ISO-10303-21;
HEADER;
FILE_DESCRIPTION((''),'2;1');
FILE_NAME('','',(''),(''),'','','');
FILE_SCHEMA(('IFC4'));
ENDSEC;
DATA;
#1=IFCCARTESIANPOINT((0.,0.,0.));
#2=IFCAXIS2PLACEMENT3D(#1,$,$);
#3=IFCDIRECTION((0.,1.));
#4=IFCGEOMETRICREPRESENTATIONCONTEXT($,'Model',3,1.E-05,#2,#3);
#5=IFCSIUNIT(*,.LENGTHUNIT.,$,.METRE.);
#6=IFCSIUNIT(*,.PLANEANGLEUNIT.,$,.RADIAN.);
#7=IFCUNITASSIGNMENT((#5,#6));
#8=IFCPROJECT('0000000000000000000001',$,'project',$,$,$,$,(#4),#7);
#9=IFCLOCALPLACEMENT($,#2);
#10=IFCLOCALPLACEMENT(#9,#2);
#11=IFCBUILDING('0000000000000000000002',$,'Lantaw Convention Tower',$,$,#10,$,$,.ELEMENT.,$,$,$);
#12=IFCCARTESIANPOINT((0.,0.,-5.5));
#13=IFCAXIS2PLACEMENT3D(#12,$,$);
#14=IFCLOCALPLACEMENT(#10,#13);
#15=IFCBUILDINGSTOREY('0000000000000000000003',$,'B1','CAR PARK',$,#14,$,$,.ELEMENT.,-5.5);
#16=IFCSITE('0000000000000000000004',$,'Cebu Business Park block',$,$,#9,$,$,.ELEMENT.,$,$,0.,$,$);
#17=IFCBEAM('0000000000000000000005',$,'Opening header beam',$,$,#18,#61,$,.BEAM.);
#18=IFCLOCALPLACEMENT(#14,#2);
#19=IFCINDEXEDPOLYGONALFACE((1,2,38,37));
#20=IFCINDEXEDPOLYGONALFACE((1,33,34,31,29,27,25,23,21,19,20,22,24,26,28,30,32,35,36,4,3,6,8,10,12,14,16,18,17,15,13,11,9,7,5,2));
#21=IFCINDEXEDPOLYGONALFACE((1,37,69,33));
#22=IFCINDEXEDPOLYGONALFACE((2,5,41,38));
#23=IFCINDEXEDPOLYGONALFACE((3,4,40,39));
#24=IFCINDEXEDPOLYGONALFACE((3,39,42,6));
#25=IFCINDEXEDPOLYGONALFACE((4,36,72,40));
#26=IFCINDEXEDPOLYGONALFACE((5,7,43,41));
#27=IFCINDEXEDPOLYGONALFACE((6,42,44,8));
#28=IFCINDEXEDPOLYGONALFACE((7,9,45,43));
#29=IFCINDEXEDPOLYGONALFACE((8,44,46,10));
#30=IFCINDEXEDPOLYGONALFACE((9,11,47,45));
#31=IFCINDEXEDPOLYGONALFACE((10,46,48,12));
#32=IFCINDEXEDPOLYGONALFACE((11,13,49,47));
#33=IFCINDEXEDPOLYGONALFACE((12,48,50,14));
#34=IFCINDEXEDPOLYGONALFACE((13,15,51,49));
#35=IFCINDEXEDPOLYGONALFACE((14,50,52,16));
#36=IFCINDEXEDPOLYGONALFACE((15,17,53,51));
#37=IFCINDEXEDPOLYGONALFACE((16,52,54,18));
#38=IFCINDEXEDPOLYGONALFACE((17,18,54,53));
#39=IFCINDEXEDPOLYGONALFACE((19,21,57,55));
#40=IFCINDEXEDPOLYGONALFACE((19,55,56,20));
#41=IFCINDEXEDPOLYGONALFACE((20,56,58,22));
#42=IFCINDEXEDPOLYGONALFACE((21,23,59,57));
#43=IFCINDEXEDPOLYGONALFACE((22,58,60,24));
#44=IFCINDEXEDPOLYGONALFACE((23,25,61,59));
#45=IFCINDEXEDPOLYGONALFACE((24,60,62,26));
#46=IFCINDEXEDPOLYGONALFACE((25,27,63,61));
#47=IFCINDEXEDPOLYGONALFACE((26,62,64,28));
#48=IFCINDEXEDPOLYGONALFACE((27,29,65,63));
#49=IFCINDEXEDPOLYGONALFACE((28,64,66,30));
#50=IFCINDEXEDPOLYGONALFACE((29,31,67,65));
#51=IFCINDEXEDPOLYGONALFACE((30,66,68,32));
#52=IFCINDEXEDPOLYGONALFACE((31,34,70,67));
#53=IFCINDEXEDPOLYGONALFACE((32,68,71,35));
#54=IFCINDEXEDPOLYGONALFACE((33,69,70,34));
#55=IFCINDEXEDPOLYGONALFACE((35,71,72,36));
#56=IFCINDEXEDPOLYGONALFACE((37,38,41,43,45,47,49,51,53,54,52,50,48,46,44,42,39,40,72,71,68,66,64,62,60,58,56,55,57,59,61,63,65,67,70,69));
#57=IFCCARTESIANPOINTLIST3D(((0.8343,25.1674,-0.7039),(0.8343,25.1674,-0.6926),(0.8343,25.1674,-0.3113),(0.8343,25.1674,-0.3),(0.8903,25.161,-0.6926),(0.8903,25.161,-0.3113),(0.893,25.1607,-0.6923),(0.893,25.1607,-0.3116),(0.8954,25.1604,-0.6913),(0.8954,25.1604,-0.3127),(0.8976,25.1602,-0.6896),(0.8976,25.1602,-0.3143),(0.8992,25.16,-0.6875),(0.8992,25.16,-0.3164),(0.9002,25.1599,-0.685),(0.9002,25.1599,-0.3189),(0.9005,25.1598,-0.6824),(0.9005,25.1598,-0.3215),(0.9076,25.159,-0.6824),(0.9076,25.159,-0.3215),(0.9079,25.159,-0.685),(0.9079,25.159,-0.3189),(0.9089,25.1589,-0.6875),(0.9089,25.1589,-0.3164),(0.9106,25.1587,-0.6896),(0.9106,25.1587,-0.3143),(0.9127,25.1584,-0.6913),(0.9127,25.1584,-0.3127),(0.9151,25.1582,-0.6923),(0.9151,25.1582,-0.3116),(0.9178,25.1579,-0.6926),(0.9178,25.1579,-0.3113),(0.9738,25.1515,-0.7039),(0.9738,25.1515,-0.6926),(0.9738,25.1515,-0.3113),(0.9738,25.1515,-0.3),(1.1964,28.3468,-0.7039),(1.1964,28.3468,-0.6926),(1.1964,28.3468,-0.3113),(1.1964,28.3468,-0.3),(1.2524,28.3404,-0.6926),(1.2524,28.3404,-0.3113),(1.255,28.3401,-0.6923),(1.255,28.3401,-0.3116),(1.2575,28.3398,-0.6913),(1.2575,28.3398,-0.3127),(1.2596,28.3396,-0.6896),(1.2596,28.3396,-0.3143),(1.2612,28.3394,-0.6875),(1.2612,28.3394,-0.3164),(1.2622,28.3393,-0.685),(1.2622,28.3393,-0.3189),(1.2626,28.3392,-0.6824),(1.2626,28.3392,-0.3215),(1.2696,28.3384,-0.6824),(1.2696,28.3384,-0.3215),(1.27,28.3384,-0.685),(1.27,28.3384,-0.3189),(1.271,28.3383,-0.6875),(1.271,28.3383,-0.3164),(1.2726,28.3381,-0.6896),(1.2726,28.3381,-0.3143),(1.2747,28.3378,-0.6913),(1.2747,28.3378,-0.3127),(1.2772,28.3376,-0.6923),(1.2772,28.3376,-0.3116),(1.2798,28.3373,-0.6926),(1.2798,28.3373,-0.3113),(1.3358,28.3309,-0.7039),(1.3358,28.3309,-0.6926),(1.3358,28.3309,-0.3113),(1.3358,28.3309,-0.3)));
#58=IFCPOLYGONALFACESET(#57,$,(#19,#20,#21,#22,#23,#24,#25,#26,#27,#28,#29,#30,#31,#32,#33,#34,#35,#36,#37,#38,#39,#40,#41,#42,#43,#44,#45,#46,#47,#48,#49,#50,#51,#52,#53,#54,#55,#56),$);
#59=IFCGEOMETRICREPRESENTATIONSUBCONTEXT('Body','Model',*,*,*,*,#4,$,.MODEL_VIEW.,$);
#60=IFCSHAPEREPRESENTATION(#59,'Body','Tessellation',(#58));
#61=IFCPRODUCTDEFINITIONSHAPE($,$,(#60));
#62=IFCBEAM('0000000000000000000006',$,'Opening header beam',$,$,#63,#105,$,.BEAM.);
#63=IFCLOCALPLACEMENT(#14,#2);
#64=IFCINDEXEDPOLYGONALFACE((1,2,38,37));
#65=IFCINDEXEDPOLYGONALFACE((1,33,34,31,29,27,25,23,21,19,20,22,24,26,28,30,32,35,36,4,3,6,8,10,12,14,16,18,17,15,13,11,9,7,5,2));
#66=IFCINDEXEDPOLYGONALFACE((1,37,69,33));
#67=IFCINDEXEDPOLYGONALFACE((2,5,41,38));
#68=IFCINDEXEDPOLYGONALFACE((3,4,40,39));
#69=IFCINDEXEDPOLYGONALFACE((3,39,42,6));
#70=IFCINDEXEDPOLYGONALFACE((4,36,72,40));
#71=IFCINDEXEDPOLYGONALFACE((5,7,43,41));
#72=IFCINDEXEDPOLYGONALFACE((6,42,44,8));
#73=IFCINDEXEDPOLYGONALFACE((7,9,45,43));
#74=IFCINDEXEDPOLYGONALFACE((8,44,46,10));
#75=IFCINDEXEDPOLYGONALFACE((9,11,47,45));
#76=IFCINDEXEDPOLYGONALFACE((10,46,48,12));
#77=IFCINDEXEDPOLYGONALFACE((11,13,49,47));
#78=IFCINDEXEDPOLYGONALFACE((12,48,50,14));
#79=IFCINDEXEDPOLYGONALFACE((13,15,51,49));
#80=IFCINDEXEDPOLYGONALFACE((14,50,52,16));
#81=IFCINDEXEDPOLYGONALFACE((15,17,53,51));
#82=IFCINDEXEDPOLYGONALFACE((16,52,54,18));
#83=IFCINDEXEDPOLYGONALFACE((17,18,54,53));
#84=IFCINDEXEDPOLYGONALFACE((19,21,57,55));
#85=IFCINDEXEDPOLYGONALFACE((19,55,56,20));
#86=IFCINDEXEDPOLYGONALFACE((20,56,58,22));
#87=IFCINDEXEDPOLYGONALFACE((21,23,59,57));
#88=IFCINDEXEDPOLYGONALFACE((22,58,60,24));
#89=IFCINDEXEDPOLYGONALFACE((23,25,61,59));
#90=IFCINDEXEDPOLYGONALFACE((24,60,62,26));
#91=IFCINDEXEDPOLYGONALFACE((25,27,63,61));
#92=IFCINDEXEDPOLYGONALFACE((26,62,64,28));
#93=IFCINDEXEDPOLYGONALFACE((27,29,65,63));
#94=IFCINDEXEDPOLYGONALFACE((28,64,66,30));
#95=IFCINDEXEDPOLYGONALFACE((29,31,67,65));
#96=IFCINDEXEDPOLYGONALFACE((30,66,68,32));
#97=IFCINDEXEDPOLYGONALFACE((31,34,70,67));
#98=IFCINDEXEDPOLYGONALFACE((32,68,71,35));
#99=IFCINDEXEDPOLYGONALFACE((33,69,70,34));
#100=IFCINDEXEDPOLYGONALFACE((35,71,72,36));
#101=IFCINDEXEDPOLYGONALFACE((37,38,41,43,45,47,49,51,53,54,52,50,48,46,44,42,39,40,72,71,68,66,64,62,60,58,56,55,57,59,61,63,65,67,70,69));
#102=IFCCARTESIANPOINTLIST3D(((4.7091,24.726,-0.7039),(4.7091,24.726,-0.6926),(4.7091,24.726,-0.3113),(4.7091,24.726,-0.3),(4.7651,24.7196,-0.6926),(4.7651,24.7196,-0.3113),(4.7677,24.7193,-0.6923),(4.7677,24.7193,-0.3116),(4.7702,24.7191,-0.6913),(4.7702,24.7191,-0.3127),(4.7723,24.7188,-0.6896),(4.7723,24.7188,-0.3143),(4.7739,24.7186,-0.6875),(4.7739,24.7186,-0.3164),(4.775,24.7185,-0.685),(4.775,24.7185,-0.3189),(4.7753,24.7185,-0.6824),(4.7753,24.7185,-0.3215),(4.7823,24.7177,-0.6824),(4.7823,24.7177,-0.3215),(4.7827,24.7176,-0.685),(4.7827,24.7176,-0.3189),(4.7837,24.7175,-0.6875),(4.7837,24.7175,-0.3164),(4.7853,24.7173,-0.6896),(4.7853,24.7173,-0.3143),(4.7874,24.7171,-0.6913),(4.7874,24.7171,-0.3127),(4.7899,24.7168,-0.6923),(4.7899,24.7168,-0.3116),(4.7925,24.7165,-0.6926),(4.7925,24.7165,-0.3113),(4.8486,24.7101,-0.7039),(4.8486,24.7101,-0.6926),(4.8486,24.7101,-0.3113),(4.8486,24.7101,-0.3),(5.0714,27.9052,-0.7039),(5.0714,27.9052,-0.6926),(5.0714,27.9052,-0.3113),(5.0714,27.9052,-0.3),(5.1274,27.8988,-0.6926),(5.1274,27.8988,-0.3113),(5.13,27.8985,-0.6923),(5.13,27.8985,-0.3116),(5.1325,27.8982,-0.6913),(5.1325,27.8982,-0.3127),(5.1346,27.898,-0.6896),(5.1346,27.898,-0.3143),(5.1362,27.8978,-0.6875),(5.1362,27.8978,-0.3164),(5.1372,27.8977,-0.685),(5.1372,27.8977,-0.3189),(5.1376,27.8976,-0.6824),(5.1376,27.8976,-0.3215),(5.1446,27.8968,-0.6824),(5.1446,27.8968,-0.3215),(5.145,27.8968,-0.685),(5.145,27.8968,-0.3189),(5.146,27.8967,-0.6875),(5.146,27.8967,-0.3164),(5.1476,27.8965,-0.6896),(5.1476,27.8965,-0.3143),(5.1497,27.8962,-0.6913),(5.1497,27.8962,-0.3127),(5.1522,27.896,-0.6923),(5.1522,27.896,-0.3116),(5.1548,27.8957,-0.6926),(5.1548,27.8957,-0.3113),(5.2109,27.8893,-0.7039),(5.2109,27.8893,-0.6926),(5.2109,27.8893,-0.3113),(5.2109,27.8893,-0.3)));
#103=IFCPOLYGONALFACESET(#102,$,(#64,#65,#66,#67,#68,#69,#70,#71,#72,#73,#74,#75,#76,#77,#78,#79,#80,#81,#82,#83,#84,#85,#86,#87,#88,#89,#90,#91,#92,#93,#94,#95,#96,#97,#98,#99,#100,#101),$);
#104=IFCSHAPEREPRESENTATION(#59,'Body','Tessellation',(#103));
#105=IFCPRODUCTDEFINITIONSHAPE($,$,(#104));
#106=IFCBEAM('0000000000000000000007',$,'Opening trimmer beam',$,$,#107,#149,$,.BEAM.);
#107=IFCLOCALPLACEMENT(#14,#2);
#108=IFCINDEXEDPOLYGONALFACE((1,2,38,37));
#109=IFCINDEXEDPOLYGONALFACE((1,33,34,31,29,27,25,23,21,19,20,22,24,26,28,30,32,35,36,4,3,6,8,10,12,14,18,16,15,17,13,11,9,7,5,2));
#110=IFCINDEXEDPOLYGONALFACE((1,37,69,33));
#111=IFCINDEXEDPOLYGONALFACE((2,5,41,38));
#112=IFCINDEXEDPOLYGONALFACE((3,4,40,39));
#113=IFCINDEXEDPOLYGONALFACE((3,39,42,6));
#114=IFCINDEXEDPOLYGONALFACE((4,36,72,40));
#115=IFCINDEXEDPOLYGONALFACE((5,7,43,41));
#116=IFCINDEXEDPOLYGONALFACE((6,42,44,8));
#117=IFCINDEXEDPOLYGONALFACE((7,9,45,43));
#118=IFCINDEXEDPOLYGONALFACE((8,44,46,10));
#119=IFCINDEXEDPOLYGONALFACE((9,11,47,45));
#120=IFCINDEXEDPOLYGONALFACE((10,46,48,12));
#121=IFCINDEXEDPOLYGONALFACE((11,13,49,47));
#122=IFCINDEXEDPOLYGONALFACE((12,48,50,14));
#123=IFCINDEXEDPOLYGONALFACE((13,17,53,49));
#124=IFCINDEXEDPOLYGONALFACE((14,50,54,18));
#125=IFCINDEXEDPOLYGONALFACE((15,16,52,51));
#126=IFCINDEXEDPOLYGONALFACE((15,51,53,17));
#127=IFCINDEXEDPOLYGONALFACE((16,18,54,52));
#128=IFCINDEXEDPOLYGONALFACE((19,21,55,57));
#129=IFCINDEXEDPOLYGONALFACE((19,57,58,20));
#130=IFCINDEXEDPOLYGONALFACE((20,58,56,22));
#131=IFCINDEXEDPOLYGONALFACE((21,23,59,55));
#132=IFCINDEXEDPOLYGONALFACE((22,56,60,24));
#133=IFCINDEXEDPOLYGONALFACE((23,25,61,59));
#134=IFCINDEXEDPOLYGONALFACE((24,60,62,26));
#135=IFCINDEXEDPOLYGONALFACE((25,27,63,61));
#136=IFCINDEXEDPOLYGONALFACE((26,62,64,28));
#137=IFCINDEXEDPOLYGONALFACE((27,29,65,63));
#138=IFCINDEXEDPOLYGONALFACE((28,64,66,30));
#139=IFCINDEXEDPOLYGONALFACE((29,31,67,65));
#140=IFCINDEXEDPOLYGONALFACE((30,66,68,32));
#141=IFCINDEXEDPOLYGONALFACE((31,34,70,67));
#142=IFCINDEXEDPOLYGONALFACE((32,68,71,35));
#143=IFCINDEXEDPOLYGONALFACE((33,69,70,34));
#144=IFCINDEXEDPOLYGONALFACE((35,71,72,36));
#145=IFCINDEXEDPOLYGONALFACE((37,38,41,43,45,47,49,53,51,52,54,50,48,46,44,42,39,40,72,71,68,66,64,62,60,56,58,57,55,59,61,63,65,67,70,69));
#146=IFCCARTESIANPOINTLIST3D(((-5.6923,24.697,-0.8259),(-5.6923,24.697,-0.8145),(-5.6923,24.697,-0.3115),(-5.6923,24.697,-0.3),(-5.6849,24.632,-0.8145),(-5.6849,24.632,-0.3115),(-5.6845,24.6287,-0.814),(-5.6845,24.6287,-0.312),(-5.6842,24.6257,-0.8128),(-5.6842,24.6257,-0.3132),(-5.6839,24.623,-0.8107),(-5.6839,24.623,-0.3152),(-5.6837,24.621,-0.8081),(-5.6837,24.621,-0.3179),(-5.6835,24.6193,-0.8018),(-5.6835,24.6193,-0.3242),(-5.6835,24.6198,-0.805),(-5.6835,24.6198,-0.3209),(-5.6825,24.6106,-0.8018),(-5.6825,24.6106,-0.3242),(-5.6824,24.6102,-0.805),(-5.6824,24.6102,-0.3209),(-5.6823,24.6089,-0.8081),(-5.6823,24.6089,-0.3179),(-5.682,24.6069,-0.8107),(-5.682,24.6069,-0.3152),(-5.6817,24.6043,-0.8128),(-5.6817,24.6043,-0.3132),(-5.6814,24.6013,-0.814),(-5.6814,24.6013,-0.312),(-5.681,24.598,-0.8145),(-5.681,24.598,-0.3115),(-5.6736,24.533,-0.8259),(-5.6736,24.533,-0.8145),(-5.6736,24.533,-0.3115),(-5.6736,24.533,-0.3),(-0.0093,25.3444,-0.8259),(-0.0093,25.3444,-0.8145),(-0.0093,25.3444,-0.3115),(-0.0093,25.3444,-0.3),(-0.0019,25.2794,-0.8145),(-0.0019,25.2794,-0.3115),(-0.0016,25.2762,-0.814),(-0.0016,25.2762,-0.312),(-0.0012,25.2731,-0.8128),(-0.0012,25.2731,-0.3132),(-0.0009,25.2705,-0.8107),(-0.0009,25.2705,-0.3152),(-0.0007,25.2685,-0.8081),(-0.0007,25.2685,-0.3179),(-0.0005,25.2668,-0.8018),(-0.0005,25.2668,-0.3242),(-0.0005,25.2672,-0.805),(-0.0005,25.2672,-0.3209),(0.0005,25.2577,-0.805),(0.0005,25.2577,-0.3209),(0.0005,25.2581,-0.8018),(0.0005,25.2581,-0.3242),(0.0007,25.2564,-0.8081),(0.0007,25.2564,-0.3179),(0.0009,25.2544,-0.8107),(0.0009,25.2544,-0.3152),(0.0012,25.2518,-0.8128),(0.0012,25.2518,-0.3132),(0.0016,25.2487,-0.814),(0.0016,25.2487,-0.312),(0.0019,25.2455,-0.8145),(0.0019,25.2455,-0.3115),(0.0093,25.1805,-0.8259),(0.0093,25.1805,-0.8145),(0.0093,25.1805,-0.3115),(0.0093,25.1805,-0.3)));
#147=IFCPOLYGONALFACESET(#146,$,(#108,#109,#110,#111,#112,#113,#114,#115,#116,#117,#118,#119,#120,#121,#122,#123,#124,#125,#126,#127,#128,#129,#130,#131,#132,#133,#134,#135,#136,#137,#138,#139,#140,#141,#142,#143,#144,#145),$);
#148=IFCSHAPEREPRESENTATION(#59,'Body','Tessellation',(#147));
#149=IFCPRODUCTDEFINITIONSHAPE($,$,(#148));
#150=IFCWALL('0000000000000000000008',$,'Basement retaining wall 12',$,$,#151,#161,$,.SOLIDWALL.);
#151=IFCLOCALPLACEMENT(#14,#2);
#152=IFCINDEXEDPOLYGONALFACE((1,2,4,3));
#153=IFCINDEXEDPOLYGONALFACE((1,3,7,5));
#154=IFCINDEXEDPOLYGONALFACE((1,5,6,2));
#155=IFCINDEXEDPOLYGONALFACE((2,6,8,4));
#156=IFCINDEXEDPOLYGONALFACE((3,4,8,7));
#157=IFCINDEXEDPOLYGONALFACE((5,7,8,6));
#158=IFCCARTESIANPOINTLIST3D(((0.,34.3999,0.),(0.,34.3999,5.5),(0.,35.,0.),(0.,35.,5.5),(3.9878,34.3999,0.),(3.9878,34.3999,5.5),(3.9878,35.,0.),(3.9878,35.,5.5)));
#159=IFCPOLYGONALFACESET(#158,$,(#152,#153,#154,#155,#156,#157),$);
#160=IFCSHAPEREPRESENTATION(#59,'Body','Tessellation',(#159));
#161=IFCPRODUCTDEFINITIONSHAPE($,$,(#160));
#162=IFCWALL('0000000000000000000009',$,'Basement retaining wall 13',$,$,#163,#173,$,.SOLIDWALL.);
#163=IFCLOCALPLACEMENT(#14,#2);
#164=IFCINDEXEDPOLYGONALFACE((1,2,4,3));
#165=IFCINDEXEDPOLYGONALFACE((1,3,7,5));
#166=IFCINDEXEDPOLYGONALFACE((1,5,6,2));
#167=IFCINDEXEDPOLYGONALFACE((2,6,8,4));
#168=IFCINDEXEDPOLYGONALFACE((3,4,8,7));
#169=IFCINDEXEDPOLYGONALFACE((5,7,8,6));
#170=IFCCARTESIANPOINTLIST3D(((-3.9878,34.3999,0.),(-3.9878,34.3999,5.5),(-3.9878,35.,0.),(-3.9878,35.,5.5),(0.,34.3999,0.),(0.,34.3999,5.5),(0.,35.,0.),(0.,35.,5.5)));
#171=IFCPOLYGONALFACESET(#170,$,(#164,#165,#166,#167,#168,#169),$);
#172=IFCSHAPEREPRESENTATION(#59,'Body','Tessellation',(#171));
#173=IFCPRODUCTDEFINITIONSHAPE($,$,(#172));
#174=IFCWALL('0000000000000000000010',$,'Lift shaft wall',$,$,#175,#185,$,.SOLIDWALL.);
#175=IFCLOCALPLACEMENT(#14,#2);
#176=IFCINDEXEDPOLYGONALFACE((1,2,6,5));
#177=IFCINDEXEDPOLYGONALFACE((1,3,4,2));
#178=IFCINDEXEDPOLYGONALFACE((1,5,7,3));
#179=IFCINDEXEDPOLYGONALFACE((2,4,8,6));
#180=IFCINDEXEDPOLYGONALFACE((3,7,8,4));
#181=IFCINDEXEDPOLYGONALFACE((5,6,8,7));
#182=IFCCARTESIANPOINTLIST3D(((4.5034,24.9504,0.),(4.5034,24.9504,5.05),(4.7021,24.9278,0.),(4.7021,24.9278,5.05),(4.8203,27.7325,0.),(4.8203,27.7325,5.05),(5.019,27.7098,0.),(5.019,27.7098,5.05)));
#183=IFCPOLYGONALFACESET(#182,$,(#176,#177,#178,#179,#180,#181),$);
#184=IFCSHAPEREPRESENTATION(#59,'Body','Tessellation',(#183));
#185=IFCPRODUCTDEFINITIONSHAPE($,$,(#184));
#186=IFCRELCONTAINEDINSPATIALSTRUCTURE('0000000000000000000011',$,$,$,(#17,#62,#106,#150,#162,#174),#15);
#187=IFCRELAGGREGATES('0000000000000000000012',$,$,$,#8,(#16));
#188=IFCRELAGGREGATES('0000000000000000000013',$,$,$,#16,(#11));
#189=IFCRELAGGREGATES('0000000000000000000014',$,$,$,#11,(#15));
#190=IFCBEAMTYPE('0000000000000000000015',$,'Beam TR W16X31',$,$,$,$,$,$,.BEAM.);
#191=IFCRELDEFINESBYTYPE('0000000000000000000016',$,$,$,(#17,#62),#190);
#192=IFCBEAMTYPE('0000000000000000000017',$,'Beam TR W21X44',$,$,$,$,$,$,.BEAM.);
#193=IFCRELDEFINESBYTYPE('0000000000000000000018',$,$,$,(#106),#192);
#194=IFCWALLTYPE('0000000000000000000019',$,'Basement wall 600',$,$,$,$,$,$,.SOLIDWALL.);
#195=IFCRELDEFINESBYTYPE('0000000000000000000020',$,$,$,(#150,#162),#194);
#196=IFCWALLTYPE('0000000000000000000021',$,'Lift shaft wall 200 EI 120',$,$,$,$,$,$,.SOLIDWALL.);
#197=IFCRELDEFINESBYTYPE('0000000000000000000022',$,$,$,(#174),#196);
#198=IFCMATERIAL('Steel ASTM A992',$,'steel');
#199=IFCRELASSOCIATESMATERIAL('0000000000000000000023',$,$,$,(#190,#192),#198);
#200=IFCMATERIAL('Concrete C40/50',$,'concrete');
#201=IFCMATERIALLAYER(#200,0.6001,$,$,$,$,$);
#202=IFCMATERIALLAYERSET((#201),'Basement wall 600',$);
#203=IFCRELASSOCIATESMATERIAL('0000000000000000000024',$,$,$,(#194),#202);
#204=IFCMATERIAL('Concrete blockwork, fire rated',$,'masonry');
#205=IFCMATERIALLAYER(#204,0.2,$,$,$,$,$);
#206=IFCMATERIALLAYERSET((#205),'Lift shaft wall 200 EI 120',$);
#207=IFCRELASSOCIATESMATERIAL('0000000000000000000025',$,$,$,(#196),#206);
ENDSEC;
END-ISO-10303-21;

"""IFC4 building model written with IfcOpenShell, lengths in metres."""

from ifc_helpers import new_model, si_unit, direction, frame, frame_2d, origin, origin_2d, place, context, subcontext, project, spatial, rectangle, i_section, extrude, material, layer, layer_set, material_profile, profile_set, type_object, element, save


model = new_model("IFC4")

# Units and contexts
model_context = context("Model", 3, precision=1e-05, world=origin(), true_north=direction((0.0, 1.0)))
body_context = subcontext(model_context, "Body", "Model", "MODEL_VIEW")
ifc_project = project(units=[si_unit("LENGTHUNIT", "METRE"), si_unit("PLANEANGLEUNIT", "RADIAN")], contexts=[model_context])

# Site, building, storey
site_placement = place(None, origin())
site = spatial("IfcSite", under=ifc_project, at=site_placement, Name="Cebu Business Park block", CompositionType="ELEMENT", RefElevation=0.0)
building_placement = place(site_placement, origin())
building = spatial("IfcBuilding", under=site, at=building_placement, Name="Lantaw Convention Tower", CompositionType="ELEMENT")
storey_placement = place(building_placement, frame((0.0, 0.0, -5.5)))
storey = spatial("IfcBuildingStorey", under=building, at=storey_placement, Name="B1", Description="CAR PARK", CompositionType="ELEMENT", Elevation=-5.5)

# Beams
ifc_material_1 = material(Name="Steel ASTM A992", Category="steel")
ifc_material_profile_1 = material_profile(ifc_material_1, i_section(OverallWidth=0.1404, OverallDepth=0.4038, WebThickness=0.0071, FlangeThickness=0.0112, FilletRadius=0.0103, at=origin_2d()), Name="W16X31")
ifc_profile_set_1 = profile_set([ifc_material_profile_1], Name="Steel ASTM A992")
beam_type_1 = type_object("IfcBeamType", Name="Beam TR W16X31", PredefinedType="BEAM", material=ifc_profile_set_1)
beam_1_placement = place(storey_placement, frame((0.9041, 25.1594, -0.502), z_axis=(0.113144, 0.993579, 0.0), x_axis=(-0.993579, 0.113144, 0.0)))
element("IfcBeam", 1, at=beam_1_placement, inside=storey, type_object=beam_type_1, Name="Opening header beam", PredefinedType="BEAM", context=body_context, shape_type="SweptSolid", body=[
    extrude(i_section(OverallWidth=0.1404, OverallDepth=0.4038, WebThickness=0.0071, FlangeThickness=0.0112, FilletRadius=0.0103, at=origin_2d()), origin(), (0.0, 0.0, 1.0), 3.2),
])
beam_2_placement = place(storey_placement, frame((5.1411, 27.8972, -0.502), z_axis=(-0.113228, -0.993569, 0.0), x_axis=(0.993569, -0.113228, 0.0)))
element("IfcBeam", 2, at=beam_2_placement, inside=storey, type_object=beam_type_1, Name="Opening header beam", PredefinedType="BEAM", context=body_context, shape_type="SweptSolid", body=[
    extrude(i_section(OverallWidth=0.1404, OverallDepth=0.4038, WebThickness=0.0071, FlangeThickness=0.0112, FilletRadius=0.0103, at=origin_2d()), origin(), (0.0, 0.0, 1.0), 3.1997),
])
ifc_material_profile_2 = material_profile(ifc_material_1, i_section(OverallWidth=0.165, OverallDepth=0.5259, WebThickness=0.0088, FlangeThickness=0.0115, FilletRadius=0.0127, at=origin_2d()), Name="W21X44")
ifc_profile_set_2 = profile_set([ifc_material_profile_2], Name="Steel ASTM A992")
beam_type_2 = type_object("IfcBeamType", Name="Beam TR W21X44", PredefinedType="BEAM", material=ifc_profile_set_2)
beam_3_placement = place(storey_placement, frame((0.0, 25.2625, -0.563), z_axis=(-0.993572, -0.1132, 0.0), x_axis=(0.1132, -0.993572, 0.0)))
element("IfcBeam", 3, at=beam_3_placement, inside=storey, type_object=beam_type_2, Name="Opening trimmer beam", PredefinedType="BEAM", context=body_context, shape_type="SweptSolid", body=[
    extrude(i_section(OverallWidth=0.165, OverallDepth=0.5259, WebThickness=0.0088, FlangeThickness=0.0115, FilletRadius=0.0127, at=origin_2d()), origin(), (0.0, 0.0, 1.0), 5.7197),
])

# Walls
ifc_material_2 = material(Name="Concrete C40/50", Category="concrete")
ifc_layer_1 = layer(ifc_material_2, 0.6001)
ifc_layer_set_1 = layer_set([ifc_layer_1], Name="Basement wall 600")
wall_type_1 = type_object("IfcWallType", Name="Basement wall 600", PredefinedType="SOLIDWALL", material=ifc_layer_set_1)
for number, where, z_axis, x_axis, name in (
    (4, (3.9878, 34.7, 0.0), (0.0, 0.0, 1.0), (-1.0, 0.0, 0.0), "Basement retaining wall 12"),
    (5, (0.0, 34.7, 0.0), (0.0, 0.0, 1.0), (-1.0, 0.0, 0.0), "Basement retaining wall 13"),
):
    element("IfcWall", number, at=place(storey_placement, frame(where, z_axis=z_axis, x_axis=x_axis)), inside=storey, type_object=wall_type_1, Name=name, PredefinedType="SOLIDWALL", context=body_context, shape_type="SweptSolid", body=[
        extrude(rectangle(XDim=3.9878, YDim=0.6001, at=frame_2d((1.9939, 0.0))), origin(), (0.0, 0.0, 1.0), 5.5),
    ])
ifc_material_3 = material(Name="Concrete blockwork, fire rated", Category="masonry")
ifc_layer_2 = layer(ifc_material_3, 0.2)
ifc_layer_set_2 = layer_set([ifc_layer_2], Name="Lift shaft wall 200 EI 120")
wall_type_2 = type_object("IfcWallType", Name="Lift shaft wall 200 EI 120", PredefinedType="SOLIDWALL", material=ifc_layer_set_2)
wall_1_placement = place(storey_placement, frame((4.6028, 24.9392, 0.0), z_axis=(0.0, 0.0, 1.0), x_axis=(0.113178, 0.993575, 0.0)))
element("IfcWall", 6, at=wall_1_placement, inside=storey, type_object=wall_type_2, Name="Lift shaft wall", PredefinedType="SOLIDWALL", context=body_context, shape_type="SweptSolid", body=[
    extrude(rectangle(XDim=2.8, YDim=0.2, at=frame_2d((1.3999, 0.0))), origin(), (0.0, 0.0, 1.0), 5.05),
])

save(model, "model.ifc")
